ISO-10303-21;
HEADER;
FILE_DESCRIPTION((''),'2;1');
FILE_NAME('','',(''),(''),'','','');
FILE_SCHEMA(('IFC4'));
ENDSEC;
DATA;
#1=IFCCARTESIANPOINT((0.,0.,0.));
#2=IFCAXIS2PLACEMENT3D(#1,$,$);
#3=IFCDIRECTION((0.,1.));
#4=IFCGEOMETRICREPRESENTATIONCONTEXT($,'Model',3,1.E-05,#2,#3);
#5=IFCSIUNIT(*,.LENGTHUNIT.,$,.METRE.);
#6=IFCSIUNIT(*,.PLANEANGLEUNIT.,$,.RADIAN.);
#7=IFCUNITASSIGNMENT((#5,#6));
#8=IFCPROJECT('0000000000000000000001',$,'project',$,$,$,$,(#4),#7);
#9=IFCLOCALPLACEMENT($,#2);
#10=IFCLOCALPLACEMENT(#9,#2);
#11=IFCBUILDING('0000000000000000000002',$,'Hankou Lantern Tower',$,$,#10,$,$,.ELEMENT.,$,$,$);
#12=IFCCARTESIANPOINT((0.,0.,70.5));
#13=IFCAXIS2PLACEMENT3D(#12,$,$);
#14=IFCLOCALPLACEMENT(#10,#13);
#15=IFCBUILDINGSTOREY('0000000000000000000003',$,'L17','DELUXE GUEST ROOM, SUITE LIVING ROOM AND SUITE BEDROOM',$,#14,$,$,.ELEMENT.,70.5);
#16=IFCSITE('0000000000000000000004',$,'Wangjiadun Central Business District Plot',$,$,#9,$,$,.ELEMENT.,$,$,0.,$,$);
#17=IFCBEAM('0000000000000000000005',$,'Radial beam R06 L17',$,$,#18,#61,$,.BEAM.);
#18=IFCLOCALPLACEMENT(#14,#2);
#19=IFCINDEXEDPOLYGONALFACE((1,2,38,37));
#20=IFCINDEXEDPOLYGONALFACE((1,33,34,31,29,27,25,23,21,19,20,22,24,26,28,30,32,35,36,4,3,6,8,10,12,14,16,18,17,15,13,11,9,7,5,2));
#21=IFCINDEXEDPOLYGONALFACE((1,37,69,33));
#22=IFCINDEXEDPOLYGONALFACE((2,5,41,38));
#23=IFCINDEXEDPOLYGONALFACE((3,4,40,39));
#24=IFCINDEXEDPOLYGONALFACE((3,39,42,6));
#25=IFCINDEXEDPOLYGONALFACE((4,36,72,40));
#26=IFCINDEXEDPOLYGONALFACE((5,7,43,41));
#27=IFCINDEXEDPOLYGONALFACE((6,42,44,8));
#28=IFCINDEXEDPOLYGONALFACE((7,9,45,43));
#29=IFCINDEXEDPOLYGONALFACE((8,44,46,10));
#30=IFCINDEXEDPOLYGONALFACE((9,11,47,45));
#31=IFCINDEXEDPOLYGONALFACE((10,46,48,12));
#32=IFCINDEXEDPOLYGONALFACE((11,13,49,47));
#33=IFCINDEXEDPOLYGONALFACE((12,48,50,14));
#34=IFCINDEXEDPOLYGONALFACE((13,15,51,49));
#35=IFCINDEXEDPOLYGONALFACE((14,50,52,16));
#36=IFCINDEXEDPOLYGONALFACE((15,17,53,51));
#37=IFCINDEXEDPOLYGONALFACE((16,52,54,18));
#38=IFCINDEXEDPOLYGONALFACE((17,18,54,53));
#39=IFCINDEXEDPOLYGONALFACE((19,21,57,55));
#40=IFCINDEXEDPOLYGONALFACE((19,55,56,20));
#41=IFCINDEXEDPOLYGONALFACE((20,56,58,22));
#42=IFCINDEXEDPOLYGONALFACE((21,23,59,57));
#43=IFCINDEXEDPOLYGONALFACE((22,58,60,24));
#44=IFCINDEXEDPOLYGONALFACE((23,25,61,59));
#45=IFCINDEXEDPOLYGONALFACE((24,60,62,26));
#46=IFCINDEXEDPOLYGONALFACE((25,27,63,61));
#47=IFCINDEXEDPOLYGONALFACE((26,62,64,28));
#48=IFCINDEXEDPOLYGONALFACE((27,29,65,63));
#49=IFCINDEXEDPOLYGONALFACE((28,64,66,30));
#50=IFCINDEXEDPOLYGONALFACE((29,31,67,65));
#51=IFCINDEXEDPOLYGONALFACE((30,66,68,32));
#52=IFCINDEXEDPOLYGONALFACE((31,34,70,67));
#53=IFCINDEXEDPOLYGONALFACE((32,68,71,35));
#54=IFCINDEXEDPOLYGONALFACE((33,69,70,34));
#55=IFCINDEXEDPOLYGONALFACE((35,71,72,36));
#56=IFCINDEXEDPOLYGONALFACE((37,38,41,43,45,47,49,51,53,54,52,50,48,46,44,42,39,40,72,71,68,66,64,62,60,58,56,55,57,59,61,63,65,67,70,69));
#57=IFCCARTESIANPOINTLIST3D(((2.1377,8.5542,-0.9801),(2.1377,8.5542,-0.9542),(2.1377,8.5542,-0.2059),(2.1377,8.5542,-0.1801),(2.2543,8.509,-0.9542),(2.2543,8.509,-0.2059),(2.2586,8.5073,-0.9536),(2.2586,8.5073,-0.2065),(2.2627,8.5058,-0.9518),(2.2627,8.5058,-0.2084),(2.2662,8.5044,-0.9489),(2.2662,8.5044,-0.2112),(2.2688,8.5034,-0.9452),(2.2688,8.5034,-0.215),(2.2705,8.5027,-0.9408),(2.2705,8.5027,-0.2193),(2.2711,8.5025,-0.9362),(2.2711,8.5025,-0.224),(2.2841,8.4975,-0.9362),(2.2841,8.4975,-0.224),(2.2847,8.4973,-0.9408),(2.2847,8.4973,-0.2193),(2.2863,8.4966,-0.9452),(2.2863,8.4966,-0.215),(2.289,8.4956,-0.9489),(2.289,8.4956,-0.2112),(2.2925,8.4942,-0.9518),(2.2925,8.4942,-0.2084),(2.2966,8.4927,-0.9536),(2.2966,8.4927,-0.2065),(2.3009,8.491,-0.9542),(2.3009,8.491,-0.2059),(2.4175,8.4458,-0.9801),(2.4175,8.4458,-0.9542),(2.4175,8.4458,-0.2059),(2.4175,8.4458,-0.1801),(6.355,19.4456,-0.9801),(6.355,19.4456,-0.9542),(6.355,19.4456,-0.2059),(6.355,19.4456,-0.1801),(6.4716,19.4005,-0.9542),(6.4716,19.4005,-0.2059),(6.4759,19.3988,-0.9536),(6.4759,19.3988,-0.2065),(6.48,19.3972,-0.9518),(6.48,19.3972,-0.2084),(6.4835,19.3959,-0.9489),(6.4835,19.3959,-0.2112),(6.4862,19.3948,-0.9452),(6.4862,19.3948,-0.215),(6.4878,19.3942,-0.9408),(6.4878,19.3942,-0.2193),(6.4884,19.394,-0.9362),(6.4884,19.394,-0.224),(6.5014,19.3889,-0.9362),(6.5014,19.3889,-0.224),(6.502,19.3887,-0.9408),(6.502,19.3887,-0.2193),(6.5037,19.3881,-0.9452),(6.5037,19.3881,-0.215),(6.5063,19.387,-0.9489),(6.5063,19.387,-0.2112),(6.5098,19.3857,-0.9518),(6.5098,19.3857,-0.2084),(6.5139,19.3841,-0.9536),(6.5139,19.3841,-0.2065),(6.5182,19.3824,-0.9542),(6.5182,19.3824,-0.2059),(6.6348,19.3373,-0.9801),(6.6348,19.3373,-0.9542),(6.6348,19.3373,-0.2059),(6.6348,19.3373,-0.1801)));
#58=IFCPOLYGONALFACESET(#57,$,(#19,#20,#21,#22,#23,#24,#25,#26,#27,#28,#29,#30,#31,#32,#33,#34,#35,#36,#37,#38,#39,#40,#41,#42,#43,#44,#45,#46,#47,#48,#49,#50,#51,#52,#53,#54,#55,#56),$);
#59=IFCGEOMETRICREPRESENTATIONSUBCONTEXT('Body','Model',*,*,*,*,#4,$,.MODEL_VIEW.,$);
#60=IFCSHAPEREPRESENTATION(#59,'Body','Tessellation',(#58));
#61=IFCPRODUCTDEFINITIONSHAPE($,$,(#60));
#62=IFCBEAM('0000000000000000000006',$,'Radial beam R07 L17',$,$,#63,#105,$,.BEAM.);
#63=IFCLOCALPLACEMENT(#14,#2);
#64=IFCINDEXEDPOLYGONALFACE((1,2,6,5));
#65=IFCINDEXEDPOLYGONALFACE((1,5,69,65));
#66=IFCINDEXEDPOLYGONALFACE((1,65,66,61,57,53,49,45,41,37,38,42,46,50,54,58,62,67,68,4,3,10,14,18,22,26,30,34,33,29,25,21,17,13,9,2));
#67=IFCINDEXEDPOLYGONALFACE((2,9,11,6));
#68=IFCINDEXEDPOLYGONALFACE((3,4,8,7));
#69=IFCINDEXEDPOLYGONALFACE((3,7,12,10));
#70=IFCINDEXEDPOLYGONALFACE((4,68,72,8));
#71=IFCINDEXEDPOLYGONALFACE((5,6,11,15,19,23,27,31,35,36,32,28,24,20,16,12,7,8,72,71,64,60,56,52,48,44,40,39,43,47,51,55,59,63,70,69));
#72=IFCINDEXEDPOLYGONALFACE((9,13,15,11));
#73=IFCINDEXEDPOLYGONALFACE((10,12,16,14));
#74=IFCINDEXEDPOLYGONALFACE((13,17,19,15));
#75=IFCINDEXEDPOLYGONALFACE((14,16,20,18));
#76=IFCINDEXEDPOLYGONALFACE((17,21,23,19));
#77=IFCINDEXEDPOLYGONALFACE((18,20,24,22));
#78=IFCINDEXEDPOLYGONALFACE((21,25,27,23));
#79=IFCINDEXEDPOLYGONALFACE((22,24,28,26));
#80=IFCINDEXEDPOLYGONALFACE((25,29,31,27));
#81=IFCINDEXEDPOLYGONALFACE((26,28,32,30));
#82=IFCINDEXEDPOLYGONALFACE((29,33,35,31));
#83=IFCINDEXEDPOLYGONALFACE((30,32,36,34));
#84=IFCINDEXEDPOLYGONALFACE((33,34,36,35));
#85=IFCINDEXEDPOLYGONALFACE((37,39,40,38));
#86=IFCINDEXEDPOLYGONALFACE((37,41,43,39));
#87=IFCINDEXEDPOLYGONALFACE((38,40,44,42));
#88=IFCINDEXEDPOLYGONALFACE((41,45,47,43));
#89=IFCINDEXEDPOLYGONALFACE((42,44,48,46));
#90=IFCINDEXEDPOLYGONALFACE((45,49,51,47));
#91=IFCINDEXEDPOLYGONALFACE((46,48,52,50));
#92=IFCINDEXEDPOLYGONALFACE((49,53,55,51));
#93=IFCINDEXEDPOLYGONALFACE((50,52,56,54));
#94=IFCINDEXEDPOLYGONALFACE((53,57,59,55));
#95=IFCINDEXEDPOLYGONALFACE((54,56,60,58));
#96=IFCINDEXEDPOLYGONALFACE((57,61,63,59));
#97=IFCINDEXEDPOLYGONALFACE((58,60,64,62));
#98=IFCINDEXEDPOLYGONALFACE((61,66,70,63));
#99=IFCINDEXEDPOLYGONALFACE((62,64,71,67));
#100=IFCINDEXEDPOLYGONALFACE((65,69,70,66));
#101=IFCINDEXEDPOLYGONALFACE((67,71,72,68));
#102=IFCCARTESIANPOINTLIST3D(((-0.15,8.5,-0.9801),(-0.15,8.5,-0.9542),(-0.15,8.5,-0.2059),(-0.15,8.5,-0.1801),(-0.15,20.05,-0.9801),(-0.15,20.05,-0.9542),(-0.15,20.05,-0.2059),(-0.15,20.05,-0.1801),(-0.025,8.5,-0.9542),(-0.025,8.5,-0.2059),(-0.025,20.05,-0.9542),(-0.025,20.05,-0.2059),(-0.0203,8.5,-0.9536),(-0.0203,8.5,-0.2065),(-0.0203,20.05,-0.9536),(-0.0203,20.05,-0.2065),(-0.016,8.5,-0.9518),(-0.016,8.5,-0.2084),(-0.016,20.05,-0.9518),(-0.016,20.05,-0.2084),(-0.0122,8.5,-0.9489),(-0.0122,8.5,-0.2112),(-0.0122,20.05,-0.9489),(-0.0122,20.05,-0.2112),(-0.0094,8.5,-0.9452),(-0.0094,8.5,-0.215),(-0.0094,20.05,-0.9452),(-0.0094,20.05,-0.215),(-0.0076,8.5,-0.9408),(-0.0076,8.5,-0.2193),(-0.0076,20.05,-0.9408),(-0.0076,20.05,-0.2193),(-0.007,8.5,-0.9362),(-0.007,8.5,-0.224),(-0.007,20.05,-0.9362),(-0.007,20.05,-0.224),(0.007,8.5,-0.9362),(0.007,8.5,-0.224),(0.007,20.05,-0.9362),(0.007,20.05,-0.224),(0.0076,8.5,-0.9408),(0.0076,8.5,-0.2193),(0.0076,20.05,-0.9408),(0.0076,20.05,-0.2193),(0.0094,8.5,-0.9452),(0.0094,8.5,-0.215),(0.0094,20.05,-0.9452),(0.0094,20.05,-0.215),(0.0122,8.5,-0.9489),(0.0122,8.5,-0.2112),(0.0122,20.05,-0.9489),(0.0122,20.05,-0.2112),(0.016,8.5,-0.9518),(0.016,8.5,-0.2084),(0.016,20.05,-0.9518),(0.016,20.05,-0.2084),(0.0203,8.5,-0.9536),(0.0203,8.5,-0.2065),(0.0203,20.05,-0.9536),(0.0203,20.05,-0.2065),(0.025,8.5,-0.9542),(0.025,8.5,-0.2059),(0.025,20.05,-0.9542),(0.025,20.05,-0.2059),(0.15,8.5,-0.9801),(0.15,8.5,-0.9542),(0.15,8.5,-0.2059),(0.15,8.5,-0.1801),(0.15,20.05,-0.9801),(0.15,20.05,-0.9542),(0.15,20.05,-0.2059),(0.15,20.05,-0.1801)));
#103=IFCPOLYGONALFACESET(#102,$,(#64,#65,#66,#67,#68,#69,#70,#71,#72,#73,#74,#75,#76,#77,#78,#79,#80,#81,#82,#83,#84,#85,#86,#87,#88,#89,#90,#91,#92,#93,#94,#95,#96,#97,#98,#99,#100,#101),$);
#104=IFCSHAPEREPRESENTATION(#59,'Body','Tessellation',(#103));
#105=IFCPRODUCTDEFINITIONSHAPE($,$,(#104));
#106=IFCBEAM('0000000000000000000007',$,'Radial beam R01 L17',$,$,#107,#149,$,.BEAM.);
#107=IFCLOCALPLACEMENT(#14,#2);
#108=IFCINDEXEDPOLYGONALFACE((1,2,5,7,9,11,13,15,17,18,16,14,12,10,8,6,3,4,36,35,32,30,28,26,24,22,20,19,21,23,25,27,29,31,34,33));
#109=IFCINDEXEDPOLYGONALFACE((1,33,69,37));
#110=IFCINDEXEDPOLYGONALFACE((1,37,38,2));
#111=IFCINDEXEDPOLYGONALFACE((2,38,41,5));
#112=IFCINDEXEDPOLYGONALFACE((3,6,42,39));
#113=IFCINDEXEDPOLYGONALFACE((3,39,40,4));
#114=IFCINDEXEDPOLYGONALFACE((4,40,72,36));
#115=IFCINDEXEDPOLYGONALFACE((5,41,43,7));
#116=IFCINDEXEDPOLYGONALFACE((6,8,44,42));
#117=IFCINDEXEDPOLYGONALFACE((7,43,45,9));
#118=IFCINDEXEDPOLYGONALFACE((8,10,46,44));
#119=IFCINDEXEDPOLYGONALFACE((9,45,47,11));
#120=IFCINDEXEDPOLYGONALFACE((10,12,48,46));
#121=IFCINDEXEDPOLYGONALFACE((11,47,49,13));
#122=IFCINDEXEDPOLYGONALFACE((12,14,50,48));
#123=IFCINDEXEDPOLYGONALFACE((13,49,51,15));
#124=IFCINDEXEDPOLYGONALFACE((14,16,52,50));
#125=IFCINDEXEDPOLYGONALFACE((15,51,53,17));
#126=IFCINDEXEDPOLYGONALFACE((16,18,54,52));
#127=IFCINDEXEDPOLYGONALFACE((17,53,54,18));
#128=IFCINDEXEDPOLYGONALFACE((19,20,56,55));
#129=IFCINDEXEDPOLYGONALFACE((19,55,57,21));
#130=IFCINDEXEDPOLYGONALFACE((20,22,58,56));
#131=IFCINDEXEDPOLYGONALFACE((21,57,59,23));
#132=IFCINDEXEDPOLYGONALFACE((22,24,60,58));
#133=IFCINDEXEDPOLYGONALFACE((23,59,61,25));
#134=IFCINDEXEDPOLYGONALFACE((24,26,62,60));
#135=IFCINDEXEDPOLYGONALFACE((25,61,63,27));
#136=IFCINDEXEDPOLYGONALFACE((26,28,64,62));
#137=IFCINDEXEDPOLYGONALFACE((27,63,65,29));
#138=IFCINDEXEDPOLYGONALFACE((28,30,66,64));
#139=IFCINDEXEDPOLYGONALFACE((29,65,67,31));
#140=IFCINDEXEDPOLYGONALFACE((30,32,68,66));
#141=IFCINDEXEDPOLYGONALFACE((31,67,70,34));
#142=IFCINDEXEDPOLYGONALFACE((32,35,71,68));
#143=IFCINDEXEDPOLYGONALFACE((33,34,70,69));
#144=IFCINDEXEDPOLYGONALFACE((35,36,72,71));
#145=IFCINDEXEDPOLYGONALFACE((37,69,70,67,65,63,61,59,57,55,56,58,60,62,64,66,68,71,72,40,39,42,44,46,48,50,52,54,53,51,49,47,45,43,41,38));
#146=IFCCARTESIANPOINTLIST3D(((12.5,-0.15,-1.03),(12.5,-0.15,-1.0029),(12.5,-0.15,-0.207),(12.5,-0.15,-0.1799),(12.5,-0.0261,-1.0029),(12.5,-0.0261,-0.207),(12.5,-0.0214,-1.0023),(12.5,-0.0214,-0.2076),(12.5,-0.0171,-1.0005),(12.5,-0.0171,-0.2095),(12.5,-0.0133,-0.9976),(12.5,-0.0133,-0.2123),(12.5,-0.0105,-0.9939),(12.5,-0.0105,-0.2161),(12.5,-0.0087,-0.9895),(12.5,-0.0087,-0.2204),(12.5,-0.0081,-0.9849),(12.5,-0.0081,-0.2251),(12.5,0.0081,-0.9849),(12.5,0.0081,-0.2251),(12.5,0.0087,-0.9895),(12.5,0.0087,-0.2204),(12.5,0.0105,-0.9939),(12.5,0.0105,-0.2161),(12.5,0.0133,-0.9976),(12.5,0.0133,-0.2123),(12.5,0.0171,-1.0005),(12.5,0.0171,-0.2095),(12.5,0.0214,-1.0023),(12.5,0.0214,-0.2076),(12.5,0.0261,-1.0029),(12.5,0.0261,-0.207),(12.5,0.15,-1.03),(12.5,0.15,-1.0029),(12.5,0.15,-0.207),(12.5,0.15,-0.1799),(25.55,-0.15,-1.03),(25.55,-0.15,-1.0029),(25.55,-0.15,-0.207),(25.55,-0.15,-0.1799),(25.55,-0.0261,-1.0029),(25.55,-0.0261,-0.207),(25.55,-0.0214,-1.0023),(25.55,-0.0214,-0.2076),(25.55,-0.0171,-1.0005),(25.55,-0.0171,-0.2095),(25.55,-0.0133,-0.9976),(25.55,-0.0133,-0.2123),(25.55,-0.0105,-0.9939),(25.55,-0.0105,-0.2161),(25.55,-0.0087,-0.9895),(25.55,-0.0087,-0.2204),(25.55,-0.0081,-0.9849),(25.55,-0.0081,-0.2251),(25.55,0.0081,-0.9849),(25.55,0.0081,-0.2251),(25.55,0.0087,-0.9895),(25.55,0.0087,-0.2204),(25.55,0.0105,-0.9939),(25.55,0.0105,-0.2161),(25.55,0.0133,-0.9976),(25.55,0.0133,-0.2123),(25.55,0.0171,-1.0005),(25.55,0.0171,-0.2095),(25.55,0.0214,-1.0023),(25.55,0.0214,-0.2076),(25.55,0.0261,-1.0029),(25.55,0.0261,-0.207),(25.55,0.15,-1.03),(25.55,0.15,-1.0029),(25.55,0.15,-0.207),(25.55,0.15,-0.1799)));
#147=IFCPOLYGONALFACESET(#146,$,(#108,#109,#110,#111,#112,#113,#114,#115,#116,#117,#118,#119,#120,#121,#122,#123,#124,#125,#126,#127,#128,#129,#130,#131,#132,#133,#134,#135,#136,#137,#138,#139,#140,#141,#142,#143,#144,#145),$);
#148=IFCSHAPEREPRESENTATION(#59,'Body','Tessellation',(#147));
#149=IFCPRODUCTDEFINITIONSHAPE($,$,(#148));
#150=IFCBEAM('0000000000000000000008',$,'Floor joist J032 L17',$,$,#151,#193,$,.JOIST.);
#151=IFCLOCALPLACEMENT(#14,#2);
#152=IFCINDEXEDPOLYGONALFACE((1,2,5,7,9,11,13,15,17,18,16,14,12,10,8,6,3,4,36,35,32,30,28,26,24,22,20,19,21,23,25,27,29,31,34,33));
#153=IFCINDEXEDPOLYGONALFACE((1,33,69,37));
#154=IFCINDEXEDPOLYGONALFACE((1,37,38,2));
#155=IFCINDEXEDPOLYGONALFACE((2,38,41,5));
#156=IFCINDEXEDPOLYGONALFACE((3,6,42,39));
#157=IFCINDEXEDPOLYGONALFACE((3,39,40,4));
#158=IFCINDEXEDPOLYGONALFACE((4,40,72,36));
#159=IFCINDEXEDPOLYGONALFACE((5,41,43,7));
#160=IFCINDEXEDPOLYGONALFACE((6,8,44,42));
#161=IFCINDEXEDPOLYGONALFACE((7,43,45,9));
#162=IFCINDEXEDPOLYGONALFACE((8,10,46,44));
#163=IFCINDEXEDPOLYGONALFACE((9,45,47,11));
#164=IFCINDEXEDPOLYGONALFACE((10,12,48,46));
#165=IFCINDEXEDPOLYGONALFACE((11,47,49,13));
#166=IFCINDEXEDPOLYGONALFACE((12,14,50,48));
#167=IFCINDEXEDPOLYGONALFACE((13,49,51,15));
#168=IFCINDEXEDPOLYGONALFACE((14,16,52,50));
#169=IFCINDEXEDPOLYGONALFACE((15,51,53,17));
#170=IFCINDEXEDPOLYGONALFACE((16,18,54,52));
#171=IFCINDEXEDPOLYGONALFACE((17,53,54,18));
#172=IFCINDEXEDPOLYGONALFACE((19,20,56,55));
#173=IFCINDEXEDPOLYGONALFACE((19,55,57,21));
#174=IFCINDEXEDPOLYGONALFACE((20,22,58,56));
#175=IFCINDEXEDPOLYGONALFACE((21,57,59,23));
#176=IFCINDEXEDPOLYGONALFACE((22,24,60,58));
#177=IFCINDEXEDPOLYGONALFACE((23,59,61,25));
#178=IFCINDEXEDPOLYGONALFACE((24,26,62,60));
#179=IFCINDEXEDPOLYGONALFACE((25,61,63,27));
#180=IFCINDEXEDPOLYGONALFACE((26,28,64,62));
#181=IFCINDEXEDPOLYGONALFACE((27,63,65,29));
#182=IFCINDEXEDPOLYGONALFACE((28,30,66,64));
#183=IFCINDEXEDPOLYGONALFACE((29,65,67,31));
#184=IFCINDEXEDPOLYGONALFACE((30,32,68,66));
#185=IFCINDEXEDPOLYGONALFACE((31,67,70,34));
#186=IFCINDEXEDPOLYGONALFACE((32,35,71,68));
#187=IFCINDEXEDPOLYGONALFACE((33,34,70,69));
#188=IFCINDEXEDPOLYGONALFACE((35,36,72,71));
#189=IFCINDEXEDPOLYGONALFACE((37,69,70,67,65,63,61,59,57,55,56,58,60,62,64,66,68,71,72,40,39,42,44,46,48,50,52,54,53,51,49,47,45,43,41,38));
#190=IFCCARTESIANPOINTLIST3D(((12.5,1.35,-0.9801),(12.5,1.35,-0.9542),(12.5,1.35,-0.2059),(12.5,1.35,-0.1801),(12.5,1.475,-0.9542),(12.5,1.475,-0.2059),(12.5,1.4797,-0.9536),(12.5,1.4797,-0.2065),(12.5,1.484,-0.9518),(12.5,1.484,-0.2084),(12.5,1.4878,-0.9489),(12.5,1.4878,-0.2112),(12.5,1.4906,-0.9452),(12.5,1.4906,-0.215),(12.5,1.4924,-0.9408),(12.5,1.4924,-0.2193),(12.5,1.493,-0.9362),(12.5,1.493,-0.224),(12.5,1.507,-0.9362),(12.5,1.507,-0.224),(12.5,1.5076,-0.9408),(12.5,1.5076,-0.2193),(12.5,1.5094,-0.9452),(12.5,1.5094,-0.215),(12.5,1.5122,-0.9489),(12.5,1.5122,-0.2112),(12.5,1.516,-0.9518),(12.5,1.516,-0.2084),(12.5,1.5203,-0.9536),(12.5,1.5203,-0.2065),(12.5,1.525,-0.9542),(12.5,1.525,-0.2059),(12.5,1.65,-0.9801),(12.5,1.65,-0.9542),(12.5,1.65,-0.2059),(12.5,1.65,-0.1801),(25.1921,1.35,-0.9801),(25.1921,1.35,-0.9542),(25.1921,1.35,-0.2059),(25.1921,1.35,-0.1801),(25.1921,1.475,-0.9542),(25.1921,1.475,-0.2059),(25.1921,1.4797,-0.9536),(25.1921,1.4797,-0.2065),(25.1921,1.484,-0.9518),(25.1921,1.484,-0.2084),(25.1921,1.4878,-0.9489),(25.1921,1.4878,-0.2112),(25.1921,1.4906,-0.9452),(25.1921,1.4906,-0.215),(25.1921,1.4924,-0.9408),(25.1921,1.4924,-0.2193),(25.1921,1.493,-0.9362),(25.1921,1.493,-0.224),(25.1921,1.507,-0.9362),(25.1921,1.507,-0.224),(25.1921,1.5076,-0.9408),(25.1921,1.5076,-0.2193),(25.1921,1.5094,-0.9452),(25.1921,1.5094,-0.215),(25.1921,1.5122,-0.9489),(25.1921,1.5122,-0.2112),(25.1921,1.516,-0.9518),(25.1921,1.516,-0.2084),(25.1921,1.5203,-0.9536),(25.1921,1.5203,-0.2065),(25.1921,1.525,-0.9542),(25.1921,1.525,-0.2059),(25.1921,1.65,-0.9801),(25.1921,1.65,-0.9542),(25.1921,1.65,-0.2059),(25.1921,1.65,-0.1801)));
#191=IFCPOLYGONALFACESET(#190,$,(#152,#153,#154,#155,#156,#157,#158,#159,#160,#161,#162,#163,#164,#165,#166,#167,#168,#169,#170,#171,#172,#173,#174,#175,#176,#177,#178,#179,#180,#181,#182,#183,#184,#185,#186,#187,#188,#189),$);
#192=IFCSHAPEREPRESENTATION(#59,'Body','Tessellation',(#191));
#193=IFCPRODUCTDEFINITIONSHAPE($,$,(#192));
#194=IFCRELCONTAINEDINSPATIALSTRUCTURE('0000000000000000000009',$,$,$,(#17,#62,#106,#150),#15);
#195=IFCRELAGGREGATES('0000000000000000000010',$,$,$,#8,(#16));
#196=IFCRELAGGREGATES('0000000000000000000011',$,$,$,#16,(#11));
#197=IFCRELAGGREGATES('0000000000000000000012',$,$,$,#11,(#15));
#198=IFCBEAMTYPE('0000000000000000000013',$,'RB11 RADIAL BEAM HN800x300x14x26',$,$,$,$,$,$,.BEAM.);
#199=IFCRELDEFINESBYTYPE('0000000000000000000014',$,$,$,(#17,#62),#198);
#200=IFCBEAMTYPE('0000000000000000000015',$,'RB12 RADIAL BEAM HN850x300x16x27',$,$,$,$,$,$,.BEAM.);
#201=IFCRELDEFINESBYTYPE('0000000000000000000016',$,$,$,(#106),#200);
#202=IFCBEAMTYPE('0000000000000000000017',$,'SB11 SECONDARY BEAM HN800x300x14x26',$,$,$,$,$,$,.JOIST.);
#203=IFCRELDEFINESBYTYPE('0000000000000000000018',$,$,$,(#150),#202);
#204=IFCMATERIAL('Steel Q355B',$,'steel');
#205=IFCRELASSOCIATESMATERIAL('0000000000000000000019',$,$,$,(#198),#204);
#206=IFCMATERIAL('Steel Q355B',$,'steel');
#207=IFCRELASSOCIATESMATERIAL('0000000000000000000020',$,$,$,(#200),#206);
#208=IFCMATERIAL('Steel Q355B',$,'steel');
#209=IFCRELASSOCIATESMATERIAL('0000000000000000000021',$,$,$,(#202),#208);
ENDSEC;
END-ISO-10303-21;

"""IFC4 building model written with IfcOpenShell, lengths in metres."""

from ifc_helpers import new_model, si_unit, direction, frame, origin, origin_2d, place, context, subcontext, project, spatial, i_section, extrude, material, material_profile, profile_set, type_object, element, save


model = new_model("IFC4")

# Units and contexts
model_context = context("Model", 3, precision=1e-05, world=origin(), true_north=direction((0.0, 1.0)))
body_context = subcontext(model_context, "Body", "Model", "MODEL_VIEW")
ifc_project = project(units=[si_unit("LENGTHUNIT", "METRE"), si_unit("PLANEANGLEUNIT", "RADIAN")], contexts=[model_context])

# Site, building, storey
site_placement = place(None, origin())
site = spatial("IfcSite", under=ifc_project, at=site_placement, Name="Wangjiadun Central Business District Plot", CompositionType="ELEMENT", RefElevation=0.0)
building_placement = place(site_placement, origin())
building = spatial("IfcBuilding", under=site, at=building_placement, Name="Hankou Lantern Tower", CompositionType="ELEMENT")
storey_placement = place(building_placement, frame((0.0, 0.0, 70.5)))
storey = spatial("IfcBuildingStorey", under=building, at=storey_placement, Name="L17", Description="DELUXE GUEST ROOM, SUITE LIVING ROOM AND SUITE BEDROOM", CompositionType="ELEMENT", Elevation=70.5)

# Beams
ifc_material_1 = material(Name="Steel Q355B", Category="steel")
ifc_material_profile_1 = material_profile(ifc_material_1, i_section(OverallWidth=0.3, OverallDepth=0.8, WebThickness=0.0139, FlangeThickness=0.0259, FilletRadius=0.0181, at=origin_2d()), Name="HN800x300x14x26")
ifc_profile_set_1 = profile_set([ifc_material_profile_1], Name="Steel Q355B")
beam_type_1 = type_object("IfcBeamType", Name="RB11 RADIAL BEAM HN800x300x14x26", PredefinedType="BEAM", material=ifc_profile_set_1)
beam_1_placement = place(storey_placement, frame((2.2776, 8.5, -0.5801), z_axis=(0.361089, 0.932531, 0.0), x_axis=(-0.932531, 0.361089, 0.0)))
element("IfcBeam", 1, at=beam_1_placement, inside=storey, type_object=beam_type_1, Name="Radial beam R06 L17", PredefinedType="BEAM", context=body_context, shape_type="SweptSolid", body=[
    extrude(i_section(OverallWidth=0.3, OverallDepth=0.8, WebThickness=0.0139, FlangeThickness=0.0259, FilletRadius=0.0181, at=origin_2d()), origin(), (0.0, 0.0, 1.0), 11.6794),
])
beam_2_placement = place(storey_placement, frame((0.0, 8.5, -0.5801), z_axis=(0.0, 1.0, 0.0), x_axis=(-1.0, 0.0, 0.0)))
element("IfcBeam", 2, at=beam_2_placement, inside=storey, type_object=beam_type_1, Name="Radial beam R07 L17", PredefinedType="BEAM", context=body_context, shape_type="SweptSolid", body=[
    extrude(i_section(OverallWidth=0.3, OverallDepth=0.8, WebThickness=0.0139, FlangeThickness=0.0259, FilletRadius=0.0181, at=origin_2d()), origin(), (0.0, 0.0, 1.0), 11.55),
])
ifc_material_2 = material(Name="Steel Q355B", Category="steel")
ifc_material_profile_2 = material_profile(ifc_material_2, i_section(OverallWidth=0.3, OverallDepth=0.8501, WebThickness=0.0161, FlangeThickness=0.0271, FilletRadius=0.0181, at=origin_2d()), Name="HN850x300x16x27")
ifc_profile_set_2 = profile_set([ifc_material_profile_2], Name="Steel Q355B")
beam_type_2 = type_object("IfcBeamType", Name="RB12 RADIAL BEAM HN850x300x16x27", PredefinedType="BEAM", material=ifc_profile_set_2)
beam_3_placement = place(storey_placement, frame((12.5, 0.0, -0.605), z_axis=(1.0, 0.0, 0.0), x_axis=(0.0, 1.0, 0.0)))
element("IfcBeam", 3, at=beam_3_placement, inside=storey, type_object=beam_type_2, Name="Radial beam R01 L17", PredefinedType="BEAM", context=body_context, shape_type="SweptSolid", body=[
    extrude(i_section(OverallWidth=0.3, OverallDepth=0.8501, WebThickness=0.0161, FlangeThickness=0.0271, FilletRadius=0.0181, at=origin_2d()), origin(), (0.0, 0.0, 1.0), 13.05),
])
ifc_material_3 = material(Name="Steel Q355B", Category="steel")
ifc_material_profile_3 = material_profile(ifc_material_3, i_section(OverallWidth=0.3, OverallDepth=0.8, WebThickness=0.0139, FlangeThickness=0.0259, FilletRadius=0.0181, at=origin_2d()), Name="HN800x300x14x26")
ifc_profile_set_3 = profile_set([ifc_material_profile_3], Name="Steel Q355B")
beam_type_3 = type_object("IfcBeamType", Name="SB11 SECONDARY BEAM HN800x300x14x26", PredefinedType="JOIST", material=ifc_profile_set_3)
beam_4_placement = place(storey_placement, frame((12.5, 1.5, -0.5801), z_axis=(1.0, 0.0, 0.0), x_axis=(0.0, 1.0, 0.0)))
element("IfcBeam", 4, at=beam_4_placement, inside=storey, type_object=beam_type_3, Name="Floor joist J032 L17", PredefinedType="JOIST", context=body_context, shape_type="SweptSolid", body=[
    extrude(i_section(OverallWidth=0.3, OverallDepth=0.8, WebThickness=0.0139, FlangeThickness=0.0259, FilletRadius=0.0181, at=origin_2d()), origin(), (0.0, 0.0, 1.0), 12.6921),
])

save(model, "model.ifc")
